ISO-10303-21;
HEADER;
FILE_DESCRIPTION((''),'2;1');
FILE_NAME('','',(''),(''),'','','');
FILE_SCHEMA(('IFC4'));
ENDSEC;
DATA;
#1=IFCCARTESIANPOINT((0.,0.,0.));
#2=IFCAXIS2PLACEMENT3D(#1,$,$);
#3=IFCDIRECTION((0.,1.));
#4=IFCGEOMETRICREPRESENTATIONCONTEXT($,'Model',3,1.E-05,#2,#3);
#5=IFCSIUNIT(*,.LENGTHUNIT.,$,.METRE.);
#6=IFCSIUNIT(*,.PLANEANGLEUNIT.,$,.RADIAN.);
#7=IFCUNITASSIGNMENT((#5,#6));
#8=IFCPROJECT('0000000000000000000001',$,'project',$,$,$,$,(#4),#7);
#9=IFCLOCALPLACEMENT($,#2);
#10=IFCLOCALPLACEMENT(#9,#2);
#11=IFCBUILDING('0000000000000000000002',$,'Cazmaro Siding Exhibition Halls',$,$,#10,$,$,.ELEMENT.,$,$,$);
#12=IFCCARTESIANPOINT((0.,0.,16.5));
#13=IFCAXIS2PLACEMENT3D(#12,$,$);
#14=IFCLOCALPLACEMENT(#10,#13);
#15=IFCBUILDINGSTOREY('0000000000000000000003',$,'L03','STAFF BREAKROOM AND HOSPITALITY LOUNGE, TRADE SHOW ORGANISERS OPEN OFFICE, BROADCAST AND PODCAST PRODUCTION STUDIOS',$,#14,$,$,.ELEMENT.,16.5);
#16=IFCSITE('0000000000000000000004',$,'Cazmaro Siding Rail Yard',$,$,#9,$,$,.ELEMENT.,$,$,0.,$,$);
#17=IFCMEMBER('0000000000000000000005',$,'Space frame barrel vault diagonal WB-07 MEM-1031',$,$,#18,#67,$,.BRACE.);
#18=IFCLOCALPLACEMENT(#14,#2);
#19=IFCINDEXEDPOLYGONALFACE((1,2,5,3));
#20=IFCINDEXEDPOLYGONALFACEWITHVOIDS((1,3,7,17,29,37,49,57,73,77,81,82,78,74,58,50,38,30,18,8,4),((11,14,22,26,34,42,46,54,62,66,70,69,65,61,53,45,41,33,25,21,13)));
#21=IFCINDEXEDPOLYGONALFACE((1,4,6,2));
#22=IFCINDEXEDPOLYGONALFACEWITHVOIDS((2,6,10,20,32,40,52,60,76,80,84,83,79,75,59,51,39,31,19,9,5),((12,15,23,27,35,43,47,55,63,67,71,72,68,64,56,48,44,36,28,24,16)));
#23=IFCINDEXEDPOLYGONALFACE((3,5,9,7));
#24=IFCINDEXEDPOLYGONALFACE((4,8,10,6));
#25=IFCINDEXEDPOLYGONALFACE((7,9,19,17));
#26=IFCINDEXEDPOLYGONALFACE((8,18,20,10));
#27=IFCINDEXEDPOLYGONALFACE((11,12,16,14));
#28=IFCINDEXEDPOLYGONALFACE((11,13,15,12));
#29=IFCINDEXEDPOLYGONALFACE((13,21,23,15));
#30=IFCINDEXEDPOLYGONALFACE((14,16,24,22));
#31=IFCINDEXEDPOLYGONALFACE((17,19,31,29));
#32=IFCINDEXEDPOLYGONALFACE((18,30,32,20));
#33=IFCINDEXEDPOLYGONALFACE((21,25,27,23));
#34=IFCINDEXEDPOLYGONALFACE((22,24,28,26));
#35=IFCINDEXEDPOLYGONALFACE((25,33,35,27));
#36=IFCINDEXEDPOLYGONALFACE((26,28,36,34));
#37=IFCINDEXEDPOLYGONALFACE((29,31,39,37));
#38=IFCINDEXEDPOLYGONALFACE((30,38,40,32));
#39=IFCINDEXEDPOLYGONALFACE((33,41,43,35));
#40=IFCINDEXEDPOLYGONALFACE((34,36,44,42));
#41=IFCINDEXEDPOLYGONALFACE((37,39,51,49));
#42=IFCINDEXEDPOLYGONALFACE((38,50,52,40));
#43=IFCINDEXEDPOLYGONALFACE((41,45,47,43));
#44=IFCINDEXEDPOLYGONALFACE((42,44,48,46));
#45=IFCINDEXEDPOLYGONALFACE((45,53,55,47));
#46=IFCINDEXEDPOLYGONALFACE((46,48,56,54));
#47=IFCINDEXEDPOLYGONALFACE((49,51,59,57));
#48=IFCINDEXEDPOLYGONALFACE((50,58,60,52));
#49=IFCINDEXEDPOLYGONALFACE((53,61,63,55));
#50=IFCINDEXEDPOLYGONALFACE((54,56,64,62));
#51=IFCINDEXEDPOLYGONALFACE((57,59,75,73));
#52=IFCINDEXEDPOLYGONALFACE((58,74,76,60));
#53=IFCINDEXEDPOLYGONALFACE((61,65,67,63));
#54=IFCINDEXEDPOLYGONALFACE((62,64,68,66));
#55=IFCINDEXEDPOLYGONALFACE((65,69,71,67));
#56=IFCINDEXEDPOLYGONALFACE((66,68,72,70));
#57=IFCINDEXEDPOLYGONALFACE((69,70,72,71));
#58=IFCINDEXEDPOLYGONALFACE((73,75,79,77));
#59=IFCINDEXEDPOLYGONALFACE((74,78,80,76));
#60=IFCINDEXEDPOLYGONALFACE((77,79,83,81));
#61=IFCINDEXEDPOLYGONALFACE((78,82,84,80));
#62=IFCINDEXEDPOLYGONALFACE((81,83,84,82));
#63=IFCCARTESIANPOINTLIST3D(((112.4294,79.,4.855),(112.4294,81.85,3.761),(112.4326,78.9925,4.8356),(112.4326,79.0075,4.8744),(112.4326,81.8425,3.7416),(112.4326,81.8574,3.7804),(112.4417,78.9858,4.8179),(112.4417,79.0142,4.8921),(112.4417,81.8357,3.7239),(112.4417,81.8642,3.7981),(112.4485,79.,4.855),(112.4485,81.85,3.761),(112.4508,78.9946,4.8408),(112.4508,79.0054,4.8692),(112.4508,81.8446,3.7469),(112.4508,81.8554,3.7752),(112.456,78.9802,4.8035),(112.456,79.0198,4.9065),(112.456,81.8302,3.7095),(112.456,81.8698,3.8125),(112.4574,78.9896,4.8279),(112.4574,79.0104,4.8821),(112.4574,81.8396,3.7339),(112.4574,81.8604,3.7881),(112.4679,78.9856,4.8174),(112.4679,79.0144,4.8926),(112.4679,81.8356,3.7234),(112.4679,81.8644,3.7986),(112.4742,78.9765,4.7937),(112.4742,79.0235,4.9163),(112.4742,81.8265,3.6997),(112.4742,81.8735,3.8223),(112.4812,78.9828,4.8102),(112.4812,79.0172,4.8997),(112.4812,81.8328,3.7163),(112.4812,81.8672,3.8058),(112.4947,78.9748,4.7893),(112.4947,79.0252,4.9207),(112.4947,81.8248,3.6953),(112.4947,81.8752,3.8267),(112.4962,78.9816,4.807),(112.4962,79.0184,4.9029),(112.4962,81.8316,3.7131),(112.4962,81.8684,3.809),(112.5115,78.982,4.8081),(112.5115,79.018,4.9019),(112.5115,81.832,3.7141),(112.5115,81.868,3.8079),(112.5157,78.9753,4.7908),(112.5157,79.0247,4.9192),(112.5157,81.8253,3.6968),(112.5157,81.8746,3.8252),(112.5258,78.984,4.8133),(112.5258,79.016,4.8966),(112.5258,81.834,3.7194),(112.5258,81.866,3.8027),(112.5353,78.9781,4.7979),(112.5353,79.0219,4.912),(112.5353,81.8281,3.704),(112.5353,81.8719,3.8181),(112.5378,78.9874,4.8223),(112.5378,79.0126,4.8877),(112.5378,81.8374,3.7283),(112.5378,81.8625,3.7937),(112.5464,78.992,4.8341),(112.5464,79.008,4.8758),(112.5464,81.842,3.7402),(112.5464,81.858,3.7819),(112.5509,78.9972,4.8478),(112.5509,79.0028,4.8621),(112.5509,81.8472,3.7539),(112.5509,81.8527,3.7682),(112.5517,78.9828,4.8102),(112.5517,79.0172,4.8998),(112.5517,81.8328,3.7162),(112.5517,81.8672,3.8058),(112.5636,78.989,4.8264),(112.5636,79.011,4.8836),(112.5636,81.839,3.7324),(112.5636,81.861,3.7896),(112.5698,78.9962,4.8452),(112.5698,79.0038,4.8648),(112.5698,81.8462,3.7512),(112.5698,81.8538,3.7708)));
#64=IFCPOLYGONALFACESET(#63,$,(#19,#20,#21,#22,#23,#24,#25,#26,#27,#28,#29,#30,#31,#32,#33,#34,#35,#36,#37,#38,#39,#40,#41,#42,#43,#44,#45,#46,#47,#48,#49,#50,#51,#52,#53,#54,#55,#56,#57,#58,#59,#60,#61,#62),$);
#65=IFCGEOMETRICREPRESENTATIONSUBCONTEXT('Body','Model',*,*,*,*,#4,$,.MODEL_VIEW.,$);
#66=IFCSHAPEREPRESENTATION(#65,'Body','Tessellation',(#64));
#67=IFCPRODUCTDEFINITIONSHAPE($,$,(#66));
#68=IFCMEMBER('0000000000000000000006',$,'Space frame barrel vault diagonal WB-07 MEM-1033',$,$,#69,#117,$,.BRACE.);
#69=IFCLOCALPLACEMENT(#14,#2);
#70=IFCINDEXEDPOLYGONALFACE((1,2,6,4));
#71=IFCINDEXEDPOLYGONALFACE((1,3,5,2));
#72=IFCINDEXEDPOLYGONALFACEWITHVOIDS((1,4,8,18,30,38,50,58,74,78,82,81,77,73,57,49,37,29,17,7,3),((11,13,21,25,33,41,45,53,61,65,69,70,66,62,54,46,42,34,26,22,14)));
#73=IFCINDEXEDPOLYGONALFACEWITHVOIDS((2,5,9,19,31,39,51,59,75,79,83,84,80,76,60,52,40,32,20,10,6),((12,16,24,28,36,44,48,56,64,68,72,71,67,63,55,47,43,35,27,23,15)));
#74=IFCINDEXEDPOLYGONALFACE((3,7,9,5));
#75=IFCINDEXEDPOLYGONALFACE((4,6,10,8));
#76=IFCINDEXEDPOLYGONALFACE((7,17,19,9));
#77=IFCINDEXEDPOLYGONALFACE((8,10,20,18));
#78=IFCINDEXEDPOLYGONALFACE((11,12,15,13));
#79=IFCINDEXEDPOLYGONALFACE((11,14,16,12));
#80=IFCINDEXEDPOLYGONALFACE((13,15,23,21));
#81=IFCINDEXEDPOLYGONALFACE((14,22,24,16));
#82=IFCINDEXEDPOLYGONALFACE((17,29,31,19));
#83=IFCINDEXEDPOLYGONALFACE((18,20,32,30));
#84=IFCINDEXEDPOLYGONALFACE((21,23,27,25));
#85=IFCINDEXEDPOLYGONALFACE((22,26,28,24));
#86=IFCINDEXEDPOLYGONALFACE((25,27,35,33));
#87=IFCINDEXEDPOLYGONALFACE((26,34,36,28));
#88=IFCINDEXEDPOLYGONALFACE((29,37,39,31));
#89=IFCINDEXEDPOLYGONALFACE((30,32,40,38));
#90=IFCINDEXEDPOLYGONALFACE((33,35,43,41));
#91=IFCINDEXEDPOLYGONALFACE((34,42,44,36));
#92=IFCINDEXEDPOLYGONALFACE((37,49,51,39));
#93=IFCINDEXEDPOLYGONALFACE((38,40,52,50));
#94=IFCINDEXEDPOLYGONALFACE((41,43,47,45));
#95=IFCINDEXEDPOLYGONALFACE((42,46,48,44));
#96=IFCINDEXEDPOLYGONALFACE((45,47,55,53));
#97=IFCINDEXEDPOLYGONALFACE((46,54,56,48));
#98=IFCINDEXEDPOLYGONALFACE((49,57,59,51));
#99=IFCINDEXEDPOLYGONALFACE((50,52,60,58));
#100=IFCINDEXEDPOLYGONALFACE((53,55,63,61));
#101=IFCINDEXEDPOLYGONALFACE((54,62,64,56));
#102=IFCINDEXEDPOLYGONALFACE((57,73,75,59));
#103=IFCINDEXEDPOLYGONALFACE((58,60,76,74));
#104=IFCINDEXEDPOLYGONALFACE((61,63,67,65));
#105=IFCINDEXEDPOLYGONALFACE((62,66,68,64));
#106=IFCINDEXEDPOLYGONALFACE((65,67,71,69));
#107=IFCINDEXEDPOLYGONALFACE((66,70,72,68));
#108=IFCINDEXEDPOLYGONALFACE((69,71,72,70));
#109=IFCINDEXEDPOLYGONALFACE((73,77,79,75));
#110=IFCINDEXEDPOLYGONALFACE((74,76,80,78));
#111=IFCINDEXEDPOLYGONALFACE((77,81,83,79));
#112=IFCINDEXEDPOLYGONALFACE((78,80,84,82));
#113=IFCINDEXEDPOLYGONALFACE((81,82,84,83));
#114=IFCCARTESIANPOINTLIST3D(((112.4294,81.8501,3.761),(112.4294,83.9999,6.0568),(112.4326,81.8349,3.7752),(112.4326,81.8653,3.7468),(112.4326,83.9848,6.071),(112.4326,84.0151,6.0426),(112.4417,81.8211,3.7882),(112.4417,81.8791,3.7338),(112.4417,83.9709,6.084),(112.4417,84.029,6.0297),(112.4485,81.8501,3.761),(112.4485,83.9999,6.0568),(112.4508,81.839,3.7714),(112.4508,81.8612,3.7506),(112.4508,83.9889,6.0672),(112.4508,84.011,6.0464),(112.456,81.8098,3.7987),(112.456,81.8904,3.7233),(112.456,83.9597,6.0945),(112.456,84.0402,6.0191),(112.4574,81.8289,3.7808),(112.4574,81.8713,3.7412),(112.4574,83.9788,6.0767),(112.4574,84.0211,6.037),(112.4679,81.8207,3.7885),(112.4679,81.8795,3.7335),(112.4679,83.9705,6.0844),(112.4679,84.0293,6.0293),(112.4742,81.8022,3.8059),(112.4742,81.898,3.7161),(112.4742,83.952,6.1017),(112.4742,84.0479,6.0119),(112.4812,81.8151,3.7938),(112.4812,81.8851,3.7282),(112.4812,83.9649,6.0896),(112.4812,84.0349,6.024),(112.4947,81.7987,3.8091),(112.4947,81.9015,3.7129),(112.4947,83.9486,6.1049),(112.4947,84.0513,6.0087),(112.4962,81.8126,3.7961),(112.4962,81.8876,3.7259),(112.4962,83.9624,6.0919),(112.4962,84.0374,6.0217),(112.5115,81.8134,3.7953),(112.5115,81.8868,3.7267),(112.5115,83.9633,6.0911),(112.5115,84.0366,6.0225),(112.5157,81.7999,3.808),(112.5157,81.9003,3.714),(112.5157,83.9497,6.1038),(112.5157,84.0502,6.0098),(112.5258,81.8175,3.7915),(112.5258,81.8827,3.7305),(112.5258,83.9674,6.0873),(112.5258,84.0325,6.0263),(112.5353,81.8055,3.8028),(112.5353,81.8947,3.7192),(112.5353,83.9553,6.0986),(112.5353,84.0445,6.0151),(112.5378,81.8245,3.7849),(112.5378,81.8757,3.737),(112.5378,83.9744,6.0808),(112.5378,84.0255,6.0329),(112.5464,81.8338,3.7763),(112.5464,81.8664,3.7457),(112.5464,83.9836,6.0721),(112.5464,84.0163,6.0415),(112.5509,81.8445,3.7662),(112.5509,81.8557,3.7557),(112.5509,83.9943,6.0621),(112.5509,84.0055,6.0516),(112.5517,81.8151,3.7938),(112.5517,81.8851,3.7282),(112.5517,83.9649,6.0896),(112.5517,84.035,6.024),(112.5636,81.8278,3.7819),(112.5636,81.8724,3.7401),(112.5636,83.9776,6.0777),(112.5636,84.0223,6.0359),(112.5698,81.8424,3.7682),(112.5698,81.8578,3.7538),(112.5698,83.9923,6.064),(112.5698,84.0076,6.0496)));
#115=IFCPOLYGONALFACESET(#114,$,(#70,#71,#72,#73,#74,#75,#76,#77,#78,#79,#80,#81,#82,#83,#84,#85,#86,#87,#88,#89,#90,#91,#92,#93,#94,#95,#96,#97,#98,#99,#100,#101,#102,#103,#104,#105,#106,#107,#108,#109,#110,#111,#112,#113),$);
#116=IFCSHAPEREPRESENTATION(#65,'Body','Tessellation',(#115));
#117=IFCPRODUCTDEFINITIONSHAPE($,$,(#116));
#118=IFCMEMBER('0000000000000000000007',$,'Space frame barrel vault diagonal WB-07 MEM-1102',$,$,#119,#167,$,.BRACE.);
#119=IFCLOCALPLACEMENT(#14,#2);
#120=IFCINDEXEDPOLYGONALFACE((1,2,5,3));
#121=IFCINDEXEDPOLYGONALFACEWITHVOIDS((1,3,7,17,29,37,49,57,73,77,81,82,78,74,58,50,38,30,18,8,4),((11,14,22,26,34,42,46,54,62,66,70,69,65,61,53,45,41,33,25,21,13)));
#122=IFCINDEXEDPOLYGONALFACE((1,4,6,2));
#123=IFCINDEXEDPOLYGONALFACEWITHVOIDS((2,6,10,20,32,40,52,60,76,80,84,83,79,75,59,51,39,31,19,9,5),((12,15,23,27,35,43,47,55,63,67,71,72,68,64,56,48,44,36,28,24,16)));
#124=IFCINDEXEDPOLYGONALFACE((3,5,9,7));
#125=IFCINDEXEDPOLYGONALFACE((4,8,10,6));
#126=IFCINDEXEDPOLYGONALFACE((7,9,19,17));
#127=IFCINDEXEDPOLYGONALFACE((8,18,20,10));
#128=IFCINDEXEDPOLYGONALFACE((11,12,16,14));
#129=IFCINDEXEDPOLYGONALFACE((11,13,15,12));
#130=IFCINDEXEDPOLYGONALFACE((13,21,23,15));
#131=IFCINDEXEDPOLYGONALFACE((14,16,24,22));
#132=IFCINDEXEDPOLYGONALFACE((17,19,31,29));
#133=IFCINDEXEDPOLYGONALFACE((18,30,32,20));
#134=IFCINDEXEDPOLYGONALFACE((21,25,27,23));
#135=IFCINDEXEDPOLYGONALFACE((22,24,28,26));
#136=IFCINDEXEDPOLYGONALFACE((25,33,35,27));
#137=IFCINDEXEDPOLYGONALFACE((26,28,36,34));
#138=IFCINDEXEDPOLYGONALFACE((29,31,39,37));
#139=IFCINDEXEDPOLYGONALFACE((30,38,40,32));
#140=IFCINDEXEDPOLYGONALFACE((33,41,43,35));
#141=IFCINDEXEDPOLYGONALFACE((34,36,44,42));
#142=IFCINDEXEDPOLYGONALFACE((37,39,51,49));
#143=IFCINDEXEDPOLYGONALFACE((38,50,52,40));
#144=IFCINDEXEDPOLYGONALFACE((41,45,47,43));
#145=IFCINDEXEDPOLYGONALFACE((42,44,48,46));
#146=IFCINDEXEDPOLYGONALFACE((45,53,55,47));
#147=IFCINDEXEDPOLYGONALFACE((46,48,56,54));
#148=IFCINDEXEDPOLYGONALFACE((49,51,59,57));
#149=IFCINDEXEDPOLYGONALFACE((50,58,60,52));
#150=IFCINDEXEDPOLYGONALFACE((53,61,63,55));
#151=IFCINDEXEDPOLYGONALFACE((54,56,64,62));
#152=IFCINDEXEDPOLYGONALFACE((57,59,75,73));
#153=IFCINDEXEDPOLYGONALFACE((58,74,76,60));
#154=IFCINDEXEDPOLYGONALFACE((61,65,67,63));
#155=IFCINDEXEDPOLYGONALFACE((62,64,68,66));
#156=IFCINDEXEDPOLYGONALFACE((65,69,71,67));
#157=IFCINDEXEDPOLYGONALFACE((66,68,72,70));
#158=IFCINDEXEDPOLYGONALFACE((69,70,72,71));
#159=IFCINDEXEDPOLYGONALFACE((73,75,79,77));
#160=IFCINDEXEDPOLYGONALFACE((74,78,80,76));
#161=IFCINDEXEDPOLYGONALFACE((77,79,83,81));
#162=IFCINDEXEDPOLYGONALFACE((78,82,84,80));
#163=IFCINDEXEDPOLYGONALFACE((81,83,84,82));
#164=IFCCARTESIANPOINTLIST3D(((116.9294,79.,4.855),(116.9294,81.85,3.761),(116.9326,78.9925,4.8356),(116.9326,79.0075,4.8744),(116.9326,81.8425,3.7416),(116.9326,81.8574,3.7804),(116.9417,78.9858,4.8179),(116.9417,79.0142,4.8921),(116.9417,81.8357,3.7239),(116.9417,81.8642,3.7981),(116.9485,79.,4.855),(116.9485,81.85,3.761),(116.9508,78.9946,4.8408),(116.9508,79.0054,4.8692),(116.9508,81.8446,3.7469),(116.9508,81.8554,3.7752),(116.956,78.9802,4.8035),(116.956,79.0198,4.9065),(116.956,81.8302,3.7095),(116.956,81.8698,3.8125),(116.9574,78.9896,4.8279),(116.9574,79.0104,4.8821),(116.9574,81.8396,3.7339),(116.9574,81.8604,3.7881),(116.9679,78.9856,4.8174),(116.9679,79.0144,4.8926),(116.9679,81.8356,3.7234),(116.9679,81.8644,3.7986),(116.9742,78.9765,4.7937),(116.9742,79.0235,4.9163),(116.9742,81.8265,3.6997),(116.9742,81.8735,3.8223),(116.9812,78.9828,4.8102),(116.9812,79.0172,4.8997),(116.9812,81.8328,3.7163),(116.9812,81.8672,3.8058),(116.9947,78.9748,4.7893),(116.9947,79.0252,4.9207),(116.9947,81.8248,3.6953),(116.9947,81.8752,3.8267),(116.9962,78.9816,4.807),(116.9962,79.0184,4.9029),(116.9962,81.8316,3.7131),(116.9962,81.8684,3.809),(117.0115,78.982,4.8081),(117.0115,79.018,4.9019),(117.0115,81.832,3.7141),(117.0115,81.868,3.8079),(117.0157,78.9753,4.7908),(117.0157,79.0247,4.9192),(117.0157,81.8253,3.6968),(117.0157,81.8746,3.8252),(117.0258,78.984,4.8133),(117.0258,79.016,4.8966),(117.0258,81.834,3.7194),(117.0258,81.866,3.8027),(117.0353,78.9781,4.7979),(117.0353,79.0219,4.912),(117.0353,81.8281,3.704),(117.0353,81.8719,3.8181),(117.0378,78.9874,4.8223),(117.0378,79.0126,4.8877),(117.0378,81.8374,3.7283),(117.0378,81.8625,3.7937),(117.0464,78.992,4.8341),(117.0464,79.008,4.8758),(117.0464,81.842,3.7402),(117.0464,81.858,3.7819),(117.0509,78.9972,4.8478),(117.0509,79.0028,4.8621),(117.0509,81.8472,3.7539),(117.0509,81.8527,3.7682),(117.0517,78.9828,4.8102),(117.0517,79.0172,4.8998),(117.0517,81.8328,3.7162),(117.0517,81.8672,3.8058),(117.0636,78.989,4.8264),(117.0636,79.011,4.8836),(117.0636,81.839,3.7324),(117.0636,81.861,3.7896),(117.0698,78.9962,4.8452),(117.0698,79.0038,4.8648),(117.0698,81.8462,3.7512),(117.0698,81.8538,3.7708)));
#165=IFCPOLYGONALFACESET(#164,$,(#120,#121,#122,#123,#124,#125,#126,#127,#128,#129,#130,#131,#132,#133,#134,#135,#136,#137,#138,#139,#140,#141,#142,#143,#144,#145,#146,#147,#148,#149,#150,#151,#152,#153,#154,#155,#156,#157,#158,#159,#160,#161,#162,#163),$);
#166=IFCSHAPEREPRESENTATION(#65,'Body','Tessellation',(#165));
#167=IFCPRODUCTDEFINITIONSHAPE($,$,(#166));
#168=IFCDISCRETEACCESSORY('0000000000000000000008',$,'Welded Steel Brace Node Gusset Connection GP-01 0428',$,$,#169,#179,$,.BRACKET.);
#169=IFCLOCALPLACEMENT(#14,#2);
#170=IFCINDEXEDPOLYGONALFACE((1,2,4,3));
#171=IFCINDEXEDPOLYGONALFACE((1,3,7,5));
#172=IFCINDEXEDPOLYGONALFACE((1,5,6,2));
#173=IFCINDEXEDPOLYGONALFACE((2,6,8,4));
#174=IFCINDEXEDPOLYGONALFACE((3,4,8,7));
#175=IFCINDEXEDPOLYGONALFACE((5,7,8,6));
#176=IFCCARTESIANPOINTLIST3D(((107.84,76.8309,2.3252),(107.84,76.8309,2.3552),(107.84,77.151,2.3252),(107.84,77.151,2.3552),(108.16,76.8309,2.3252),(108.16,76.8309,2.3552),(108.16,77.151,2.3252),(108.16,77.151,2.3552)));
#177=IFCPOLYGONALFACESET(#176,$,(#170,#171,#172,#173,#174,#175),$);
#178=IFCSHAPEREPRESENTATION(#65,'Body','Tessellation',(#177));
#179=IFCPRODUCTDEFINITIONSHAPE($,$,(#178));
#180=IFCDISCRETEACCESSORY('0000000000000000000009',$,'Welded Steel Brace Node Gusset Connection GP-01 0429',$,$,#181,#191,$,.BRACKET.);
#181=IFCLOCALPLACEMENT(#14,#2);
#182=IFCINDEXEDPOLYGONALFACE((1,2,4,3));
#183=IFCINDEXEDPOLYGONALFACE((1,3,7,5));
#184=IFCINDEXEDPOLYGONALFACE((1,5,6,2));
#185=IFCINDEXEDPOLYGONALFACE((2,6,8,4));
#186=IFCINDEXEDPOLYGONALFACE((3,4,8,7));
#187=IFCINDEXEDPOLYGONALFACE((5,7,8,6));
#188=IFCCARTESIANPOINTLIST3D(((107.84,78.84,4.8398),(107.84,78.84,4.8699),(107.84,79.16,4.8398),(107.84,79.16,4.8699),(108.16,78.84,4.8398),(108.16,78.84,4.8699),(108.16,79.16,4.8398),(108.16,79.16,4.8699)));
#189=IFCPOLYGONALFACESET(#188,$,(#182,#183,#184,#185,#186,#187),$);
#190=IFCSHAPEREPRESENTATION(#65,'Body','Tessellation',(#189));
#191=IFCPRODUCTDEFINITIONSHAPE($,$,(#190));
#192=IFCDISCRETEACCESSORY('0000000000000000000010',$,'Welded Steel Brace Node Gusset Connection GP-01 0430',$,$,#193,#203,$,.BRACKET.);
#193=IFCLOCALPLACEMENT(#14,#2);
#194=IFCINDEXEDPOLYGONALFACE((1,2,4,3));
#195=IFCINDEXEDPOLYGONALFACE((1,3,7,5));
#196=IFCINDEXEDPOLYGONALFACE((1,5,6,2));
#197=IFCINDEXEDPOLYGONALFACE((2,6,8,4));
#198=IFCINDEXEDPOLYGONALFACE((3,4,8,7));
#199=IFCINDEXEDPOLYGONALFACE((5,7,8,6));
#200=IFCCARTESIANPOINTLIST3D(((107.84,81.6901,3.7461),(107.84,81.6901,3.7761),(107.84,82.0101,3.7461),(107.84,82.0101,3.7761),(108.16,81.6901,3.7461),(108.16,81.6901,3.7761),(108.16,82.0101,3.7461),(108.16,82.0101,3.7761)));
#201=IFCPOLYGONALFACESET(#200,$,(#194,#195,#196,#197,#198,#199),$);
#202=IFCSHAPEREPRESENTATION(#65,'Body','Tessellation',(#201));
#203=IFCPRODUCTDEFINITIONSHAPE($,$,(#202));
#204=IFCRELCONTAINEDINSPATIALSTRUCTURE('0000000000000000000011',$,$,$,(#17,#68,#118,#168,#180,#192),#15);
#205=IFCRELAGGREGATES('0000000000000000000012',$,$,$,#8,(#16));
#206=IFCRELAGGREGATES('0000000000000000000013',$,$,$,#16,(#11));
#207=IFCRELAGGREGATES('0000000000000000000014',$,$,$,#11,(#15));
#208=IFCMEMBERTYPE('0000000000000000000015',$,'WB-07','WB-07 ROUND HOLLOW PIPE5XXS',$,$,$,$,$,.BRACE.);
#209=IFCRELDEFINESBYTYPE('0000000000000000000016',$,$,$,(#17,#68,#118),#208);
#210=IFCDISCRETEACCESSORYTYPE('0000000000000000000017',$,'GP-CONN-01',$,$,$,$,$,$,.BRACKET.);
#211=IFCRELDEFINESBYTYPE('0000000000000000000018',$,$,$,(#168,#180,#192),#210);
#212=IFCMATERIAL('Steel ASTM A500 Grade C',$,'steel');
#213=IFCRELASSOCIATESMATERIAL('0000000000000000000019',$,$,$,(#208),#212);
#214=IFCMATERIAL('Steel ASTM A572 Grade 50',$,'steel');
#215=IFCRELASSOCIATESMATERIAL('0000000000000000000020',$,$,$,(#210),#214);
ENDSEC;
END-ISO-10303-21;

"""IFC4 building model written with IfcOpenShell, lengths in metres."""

from ifc_helpers import new_model, si_unit, direction, frame, origin, origin_2d, place, context, subcontext, project, spatial, rectangle, hollow_circle, extrude, material, material_profile, profile_set, type_object, element, save


model = new_model("IFC4")

# Units and contexts
model_context = context("Model", 3, precision=1e-05, world=origin(), true_north=direction((0.0, 1.0)))
body_context = subcontext(model_context, "Body", "Model", "MODEL_VIEW")
ifc_project = project(units=[si_unit("LENGTHUNIT", "METRE"), si_unit("PLANEANGLEUNIT", "RADIAN")], contexts=[model_context])

# Site, building, storey
site_placement = place(None, origin())
site = spatial("IfcSite", under=ifc_project, at=site_placement, Name="Cazmaro Siding Rail Yard", CompositionType="ELEMENT", RefElevation=0.0)
building_placement = place(site_placement, origin())
building = spatial("IfcBuilding", under=site, at=building_placement, Name="Cazmaro Siding Exhibition Halls", CompositionType="ELEMENT")
storey_placement = place(building_placement, frame((0.0, 0.0, 16.5)))
storey = spatial("IfcBuildingStorey", under=building, at=storey_placement, Name="L03", Description="STAFF BREAKROOM AND HOSPITALITY LOUNGE, TRADE SHOW ORGANISERS OPEN OFFICE, BROADCAST AND PODCAST PRODUCTION STUDIOS", CompositionType="ELEMENT", Elevation=16.5)

# Members
ifc_material_1 = material(Name="Steel ASTM A500 Grade C", Category="steel")
ifc_material_profile_1 = material_profile(ifc_material_1, hollow_circle(Radius=0.0706, WallThickness=0.019, at=origin_2d()), Name="PIPE5XXS")
ifc_profile_set_1 = profile_set([ifc_material_profile_1], Name="Steel ASTM A500 Grade C")
member_type_1 = type_object("IfcMemberType", Name="WB-07", Description="WB-07 ROUND HOLLOW PIPE5XXS", PredefinedType="BRACE", material=ifc_profile_set_1)
member_1_placement = place(storey_placement, frame((112.5, 79.0, 4.855), z_axis=(0.0, 0.933587, -0.358352), x_axis=(-1.0, 0.0, 0.0)))
element("IfcMember", 1, at=member_1_placement, inside=storey, type_object=member_type_1, Name="Space frame barrel vault diagonal WB-07 MEM-1031", PredefinedType="BRACE", context=body_context, shape_type="SweptSolid", body=[
    extrude(hollow_circle(Radius=0.0706, WallThickness=0.019, at=origin_2d()), origin(), (0.0, 0.0, 1.0), 3.0527),
])
member_2_placement = place(storey_placement, frame((112.5, 81.8501, 3.761), z_axis=(0.0, 0.683518, 0.729934), x_axis=(-1.0, 0.0, 0.0)))
element("IfcMember", 2, at=member_2_placement, inside=storey, type_object=member_type_1, Name="Space frame barrel vault diagonal WB-07 MEM-1033", PredefinedType="BRACE", context=body_context, shape_type="SweptSolid", body=[
    extrude(hollow_circle(Radius=0.0706, WallThickness=0.019, at=origin_2d()), origin(), (0.0, 0.0, 1.0), 3.1453),
])
member_3_placement = place(storey_placement, frame((117.0, 79.0, 4.855), z_axis=(0.0, 0.933587, -0.358352), x_axis=(-1.0, 0.0, 0.0)))
element("IfcMember", 3, at=member_3_placement, inside=storey, type_object=member_type_1, Name="Space frame barrel vault diagonal WB-07 MEM-1102", PredefinedType="BRACE", context=body_context, shape_type="SweptSolid", body=[
    extrude(hollow_circle(Radius=0.0706, WallThickness=0.019, at=origin_2d()), origin(), (0.0, 0.0, 1.0), 3.0527),
])

# Discrete accessories
ifc_material_2 = material(Name="Steel ASTM A572 Grade 50", Category="steel")
discrete_accessory_type = type_object("IfcDiscreteAccessoryType", Name="GP-CONN-01", PredefinedType="BRACKET", material=ifc_material_2)
for number, where, z_axis, x_axis, name in (
    (4, (108.0, 76.991, 2.3252), (0.0, 0.0, 1.0), (1.0, 0.0, 0.0), "Welded Steel Brace Node Gusset Connection GP-01 0428"),
    (5, (108.0, 79.0, 4.8398), (0.0, 0.0, 1.0), (1.0, 0.0, 0.0), "Welded Steel Brace Node Gusset Connection GP-01 0429"),
    (6, (108.0, 81.8501, 3.7461), (0.0, 0.0, 1.0), (1.0, 0.0, 0.0), "Welded Steel Brace Node Gusset Connection GP-01 0430"),
):
    element("IfcDiscreteAccessory", number, at=place(storey_placement, frame(where, z_axis=z_axis, x_axis=x_axis)), inside=storey, type_object=discrete_accessory_type, Name=name, PredefinedType="BRACKET", context=body_context, shape_type="SweptSolid", body=[
        extrude(rectangle(XDim=0.3201, YDim=0.3201, at=origin_2d()), origin(), (0.0, 0.0, 1.0), 0.03),
    ])

save(model, "model.ifc")
